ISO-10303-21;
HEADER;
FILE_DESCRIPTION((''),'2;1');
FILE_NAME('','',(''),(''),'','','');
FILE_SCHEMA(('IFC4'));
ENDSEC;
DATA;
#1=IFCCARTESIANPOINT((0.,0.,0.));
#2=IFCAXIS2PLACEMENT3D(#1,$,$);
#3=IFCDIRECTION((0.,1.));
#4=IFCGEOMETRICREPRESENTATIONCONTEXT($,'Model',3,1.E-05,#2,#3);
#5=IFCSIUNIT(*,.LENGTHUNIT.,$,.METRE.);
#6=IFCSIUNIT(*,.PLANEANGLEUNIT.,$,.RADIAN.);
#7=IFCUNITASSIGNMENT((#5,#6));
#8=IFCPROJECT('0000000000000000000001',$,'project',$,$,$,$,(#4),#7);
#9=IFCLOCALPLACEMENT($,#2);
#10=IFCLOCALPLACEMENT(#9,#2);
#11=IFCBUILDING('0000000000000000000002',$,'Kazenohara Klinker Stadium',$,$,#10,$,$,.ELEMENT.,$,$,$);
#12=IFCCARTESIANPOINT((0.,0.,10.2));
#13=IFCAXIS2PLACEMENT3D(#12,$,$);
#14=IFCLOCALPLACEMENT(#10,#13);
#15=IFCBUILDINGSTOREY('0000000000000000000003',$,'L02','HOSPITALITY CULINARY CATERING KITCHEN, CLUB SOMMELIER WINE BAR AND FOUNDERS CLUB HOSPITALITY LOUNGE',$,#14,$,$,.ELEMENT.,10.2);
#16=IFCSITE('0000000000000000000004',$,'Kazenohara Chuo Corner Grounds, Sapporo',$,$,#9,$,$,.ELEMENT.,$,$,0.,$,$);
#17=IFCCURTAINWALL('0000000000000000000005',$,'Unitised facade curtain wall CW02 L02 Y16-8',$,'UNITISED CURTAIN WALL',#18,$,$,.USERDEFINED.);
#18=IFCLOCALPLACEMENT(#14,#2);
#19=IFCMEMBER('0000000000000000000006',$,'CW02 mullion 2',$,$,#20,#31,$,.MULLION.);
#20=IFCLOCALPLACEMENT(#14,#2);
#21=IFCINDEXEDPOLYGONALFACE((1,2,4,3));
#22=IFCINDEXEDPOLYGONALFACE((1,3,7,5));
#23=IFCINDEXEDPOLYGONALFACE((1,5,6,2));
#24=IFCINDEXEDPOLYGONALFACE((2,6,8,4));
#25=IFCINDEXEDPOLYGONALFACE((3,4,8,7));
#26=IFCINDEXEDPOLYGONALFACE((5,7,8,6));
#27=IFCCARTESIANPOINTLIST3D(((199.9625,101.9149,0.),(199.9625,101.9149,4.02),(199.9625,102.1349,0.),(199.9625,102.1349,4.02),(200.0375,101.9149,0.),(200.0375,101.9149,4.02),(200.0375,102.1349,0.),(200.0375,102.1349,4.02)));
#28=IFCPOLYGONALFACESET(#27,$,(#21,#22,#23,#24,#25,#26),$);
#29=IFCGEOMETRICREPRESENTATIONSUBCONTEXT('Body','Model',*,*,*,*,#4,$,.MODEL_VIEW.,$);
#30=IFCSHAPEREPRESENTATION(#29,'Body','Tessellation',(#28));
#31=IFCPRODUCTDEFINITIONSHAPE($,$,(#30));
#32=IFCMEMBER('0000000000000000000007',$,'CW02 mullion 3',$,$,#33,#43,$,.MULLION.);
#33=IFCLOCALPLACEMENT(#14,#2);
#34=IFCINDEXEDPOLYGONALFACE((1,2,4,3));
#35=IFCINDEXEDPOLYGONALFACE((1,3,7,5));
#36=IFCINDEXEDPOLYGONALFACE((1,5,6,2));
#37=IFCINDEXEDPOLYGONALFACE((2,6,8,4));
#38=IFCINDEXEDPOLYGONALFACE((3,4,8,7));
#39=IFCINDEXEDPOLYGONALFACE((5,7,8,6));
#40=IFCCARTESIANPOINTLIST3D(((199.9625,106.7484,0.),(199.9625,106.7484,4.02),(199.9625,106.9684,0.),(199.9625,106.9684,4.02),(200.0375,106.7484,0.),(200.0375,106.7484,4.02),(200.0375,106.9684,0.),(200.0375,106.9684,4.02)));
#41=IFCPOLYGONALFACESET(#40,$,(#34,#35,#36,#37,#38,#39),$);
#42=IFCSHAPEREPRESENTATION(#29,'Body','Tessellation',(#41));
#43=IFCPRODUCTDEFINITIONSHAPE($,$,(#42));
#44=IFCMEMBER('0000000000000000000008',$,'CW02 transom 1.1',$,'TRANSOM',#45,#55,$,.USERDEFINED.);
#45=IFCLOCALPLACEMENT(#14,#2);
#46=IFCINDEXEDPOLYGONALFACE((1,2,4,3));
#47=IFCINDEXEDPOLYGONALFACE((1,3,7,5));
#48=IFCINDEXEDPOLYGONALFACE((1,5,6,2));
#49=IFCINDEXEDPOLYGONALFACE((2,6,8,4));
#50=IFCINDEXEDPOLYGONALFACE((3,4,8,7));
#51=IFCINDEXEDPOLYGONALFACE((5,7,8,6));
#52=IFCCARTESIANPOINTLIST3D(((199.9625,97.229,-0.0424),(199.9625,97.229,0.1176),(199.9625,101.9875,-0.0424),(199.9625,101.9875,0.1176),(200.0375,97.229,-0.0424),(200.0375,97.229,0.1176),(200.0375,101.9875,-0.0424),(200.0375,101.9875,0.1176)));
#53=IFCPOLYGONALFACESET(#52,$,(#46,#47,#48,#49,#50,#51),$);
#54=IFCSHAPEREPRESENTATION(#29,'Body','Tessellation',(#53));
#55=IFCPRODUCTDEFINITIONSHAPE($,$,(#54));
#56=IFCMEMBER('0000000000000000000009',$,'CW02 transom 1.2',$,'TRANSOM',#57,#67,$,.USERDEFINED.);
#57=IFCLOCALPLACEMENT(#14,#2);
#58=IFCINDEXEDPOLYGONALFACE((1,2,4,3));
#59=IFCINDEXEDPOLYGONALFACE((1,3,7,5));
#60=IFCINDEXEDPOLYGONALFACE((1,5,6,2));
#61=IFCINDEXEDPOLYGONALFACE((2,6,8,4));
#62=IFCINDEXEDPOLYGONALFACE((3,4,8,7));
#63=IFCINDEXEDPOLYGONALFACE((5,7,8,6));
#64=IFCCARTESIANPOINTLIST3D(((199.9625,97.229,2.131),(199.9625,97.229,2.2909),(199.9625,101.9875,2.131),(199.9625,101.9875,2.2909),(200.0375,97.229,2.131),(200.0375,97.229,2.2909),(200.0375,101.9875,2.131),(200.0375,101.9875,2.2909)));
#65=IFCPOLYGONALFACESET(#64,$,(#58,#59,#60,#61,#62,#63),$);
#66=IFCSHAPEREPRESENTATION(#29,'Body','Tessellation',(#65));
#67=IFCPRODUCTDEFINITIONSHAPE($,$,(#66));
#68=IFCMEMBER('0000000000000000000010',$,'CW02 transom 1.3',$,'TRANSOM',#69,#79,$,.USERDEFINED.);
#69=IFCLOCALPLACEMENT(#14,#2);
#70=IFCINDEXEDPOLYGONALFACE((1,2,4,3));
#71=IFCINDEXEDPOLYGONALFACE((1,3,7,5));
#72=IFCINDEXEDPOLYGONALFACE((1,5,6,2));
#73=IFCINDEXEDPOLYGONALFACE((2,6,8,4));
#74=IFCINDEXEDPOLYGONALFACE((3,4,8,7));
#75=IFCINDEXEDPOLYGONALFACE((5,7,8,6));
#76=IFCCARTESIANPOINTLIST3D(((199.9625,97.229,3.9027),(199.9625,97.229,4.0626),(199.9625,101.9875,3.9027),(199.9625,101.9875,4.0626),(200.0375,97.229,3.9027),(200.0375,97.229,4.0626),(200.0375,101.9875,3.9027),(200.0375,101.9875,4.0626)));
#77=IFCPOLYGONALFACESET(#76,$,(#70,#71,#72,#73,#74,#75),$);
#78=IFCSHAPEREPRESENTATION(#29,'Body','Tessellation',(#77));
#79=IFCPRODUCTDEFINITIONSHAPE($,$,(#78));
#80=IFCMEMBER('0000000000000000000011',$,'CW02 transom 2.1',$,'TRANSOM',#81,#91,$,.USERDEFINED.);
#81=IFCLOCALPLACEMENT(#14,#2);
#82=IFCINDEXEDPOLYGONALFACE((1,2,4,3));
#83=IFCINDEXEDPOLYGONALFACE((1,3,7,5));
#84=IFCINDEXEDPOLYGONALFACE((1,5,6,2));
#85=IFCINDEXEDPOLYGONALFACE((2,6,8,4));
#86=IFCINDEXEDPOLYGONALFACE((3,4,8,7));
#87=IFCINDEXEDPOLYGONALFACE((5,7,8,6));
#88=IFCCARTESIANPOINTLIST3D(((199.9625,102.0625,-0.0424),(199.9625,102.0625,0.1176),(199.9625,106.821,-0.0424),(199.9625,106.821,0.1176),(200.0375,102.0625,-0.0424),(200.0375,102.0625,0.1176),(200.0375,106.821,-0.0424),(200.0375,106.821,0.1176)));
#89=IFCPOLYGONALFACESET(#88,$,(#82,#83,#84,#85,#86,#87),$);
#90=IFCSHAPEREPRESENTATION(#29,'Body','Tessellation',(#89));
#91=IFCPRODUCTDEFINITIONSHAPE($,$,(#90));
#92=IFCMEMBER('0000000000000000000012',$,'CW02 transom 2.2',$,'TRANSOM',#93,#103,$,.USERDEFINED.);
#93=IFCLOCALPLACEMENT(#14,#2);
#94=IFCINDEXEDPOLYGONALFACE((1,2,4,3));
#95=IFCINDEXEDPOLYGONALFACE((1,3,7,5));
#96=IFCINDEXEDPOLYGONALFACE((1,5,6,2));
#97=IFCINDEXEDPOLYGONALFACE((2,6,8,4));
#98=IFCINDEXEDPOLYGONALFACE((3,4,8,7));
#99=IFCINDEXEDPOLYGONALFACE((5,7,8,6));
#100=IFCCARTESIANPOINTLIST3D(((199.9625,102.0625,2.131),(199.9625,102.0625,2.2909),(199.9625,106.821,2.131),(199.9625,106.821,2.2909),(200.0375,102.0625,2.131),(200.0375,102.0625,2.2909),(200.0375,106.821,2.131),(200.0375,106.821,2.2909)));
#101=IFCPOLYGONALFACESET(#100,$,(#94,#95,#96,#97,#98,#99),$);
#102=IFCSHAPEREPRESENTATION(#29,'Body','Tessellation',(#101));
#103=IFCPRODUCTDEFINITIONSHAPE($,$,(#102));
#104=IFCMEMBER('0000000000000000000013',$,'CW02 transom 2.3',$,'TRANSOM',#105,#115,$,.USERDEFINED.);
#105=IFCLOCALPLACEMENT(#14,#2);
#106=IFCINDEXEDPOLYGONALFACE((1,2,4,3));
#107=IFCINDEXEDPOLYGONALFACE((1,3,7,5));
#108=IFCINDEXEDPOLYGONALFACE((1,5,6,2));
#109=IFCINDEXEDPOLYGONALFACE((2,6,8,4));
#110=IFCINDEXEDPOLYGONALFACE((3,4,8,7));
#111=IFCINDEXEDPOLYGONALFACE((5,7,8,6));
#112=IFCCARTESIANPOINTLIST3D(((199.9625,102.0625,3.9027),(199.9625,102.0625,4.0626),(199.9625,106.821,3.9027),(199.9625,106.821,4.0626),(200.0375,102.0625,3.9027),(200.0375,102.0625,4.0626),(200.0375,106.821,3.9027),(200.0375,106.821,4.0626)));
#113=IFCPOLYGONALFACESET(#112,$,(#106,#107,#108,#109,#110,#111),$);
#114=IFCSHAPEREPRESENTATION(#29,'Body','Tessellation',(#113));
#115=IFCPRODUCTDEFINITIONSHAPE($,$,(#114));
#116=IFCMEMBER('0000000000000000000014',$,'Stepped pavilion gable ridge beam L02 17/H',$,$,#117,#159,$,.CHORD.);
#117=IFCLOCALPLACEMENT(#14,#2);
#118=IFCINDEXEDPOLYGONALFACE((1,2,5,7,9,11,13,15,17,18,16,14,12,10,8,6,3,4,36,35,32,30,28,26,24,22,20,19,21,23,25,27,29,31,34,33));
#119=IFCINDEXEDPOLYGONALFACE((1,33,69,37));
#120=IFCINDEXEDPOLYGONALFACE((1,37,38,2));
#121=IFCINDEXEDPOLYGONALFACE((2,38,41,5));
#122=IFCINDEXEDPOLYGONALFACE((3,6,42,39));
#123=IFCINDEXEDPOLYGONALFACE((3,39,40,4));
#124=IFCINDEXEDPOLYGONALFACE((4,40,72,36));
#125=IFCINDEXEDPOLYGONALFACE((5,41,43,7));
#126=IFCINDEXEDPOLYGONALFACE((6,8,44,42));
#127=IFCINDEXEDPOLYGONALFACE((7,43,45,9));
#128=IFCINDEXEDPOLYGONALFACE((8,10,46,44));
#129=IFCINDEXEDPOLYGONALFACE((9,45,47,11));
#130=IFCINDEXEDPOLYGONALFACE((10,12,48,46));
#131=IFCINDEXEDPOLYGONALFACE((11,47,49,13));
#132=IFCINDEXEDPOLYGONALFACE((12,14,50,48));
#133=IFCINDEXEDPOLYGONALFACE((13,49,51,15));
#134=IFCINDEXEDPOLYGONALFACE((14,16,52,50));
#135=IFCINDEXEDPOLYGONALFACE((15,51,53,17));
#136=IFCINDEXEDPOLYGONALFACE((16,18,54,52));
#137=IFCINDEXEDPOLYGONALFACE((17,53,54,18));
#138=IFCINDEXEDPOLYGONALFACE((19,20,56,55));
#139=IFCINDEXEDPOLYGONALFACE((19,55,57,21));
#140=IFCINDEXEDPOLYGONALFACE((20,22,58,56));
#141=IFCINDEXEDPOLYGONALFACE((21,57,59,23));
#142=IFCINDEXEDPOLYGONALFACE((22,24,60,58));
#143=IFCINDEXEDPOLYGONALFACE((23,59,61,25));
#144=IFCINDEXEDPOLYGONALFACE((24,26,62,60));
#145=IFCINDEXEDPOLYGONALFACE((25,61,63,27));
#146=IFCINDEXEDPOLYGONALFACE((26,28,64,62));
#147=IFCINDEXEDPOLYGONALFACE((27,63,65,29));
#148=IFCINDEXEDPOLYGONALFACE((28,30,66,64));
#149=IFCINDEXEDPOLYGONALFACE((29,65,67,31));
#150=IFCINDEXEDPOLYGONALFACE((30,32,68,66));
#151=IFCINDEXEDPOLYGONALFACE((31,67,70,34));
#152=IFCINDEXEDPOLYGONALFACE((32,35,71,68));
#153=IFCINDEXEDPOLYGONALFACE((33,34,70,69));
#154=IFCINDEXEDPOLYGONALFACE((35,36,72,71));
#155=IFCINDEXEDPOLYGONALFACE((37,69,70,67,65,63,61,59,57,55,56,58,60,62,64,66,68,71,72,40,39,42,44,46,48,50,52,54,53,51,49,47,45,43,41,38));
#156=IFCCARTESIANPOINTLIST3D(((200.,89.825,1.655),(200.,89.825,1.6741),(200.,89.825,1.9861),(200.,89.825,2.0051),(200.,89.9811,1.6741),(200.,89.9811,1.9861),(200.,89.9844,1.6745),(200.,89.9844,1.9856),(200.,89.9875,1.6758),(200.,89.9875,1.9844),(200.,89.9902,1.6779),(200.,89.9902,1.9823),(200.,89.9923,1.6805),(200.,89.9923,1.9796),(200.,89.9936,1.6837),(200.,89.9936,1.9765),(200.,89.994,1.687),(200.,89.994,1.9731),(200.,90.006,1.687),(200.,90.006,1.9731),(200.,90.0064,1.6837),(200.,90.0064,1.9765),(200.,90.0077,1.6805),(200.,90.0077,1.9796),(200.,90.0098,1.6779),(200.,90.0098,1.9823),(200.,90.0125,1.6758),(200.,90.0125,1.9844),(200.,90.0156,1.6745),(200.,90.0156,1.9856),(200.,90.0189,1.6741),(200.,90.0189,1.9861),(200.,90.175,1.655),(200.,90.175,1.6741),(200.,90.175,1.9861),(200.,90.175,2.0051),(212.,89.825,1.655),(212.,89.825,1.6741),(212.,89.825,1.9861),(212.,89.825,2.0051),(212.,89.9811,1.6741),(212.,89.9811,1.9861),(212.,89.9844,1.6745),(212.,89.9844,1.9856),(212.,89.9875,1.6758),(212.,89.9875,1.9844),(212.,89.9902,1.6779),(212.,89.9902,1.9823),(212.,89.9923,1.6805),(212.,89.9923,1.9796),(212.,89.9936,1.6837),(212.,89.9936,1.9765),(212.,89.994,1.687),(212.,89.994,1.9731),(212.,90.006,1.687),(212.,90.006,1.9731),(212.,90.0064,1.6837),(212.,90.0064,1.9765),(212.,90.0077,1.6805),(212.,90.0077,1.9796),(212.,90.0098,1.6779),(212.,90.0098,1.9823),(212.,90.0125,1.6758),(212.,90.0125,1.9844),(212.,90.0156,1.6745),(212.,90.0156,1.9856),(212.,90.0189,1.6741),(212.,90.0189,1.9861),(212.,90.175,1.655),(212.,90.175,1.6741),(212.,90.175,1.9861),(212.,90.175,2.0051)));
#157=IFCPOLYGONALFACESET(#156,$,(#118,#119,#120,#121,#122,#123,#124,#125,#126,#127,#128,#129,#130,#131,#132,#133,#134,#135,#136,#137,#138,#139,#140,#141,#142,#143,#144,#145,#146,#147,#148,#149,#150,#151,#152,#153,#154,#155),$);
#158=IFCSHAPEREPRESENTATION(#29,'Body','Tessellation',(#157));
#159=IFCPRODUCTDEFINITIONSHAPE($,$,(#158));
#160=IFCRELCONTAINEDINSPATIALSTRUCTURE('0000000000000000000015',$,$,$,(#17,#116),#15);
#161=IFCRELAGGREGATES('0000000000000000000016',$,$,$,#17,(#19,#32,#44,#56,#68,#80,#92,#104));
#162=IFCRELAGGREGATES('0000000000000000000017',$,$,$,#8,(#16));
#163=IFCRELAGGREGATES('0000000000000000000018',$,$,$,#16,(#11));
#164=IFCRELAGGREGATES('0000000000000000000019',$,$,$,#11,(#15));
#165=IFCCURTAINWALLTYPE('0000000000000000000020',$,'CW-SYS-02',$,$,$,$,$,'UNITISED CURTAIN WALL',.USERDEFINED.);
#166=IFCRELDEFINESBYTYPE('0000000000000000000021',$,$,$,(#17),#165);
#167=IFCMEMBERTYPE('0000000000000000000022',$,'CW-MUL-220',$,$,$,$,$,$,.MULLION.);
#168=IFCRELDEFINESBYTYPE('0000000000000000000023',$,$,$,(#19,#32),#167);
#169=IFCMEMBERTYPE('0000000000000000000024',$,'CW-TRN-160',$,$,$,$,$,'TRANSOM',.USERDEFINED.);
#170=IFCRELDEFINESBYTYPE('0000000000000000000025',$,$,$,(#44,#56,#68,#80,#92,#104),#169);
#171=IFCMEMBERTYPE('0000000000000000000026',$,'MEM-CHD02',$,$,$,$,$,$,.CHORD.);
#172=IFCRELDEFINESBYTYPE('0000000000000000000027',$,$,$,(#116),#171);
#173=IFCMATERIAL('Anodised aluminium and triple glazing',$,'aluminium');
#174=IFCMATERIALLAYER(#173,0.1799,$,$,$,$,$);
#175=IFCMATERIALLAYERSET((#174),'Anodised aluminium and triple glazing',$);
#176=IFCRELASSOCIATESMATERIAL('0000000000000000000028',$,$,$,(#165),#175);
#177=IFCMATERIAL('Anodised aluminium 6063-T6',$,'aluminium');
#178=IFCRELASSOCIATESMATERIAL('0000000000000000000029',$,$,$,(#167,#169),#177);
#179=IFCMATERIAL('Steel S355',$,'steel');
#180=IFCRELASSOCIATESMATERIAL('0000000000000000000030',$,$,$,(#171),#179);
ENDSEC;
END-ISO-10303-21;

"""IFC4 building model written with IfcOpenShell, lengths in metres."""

from ifc_helpers import new_model, si_unit, direction, frame, origin, origin_2d, place, context, subcontext, project, spatial, rectangle, i_section, extrude, material, layer, layer_set, material_profile, profile_set, type_object, element, aggregate, save


model = new_model("IFC4")

# Units and contexts
model_context = context("Model", 3, precision=1e-05, world=origin(), true_north=direction((0.0, 1.0)))
body_context = subcontext(model_context, "Body", "Model", "MODEL_VIEW")
ifc_project = project(units=[si_unit("LENGTHUNIT", "METRE"), si_unit("PLANEANGLEUNIT", "RADIAN")], contexts=[model_context])

# Site, building, storey
site_placement = place(None, origin())
site = spatial("IfcSite", under=ifc_project, at=site_placement, Name="Kazenohara Chuo Corner Grounds, Sapporo", CompositionType="ELEMENT", RefElevation=0.0)
building_placement = place(site_placement, origin())
building = spatial("IfcBuilding", under=site, at=building_placement, Name="Kazenohara Klinker Stadium", CompositionType="ELEMENT")
storey_placement = place(building_placement, frame((0.0, 0.0, 10.2)))
storey = spatial("IfcBuildingStorey", under=building, at=storey_placement, Name="L02", Description="HOSPITALITY CULINARY CATERING KITCHEN, CLUB SOMMELIER WINE BAR AND FOUNDERS CLUB HOSPITALITY LOUNGE", CompositionType="ELEMENT", Elevation=10.2)

# Shared definitions
ifc_material_1 = material(Name="Steel S355", Category="steel")

# Curtain wall, members
ifc_material_2 = material(Name="Anodised aluminium and triple glazing", Category="aluminium")
ifc_layer_1 = layer(ifc_material_2, 0.1799)
ifc_layer_set_1 = layer_set([ifc_layer_1], Name="Anodised aluminium and triple glazing")
curtain_wall_type = type_object("IfcCurtainWallType", Name="CW-SYS-02", ElementType="UNITISED CURTAIN WALL", PredefinedType="USERDEFINED", material=ifc_layer_set_1)
curtain_wall_placement = place(storey_placement, origin())
curtain_wall = element("IfcCurtainWall", 1, at=curtain_wall_placement, inside=storey, type_object=curtain_wall_type, Name="Unitised facade curtain wall CW02 L02 Y16-8", ObjectType="UNITISED CURTAIN WALL", PredefinedType="USERDEFINED")
ifc_material_3 = material(Name="Anodised aluminium 6063-T6", Category="aluminium")
ifc_material_profile_1 = material_profile(ifc_material_3, rectangle(XDim=0.075, YDim=0.22, at=origin_2d()), Name="ALU-MUL-75x220")
ifc_profile_set_1 = profile_set([ifc_material_profile_1], Name="Anodised aluminium 6063-T6")
member_type_1 = type_object("IfcMemberType", Name="CW-MUL-220", PredefinedType="MULLION", material=ifc_profile_set_1)
member_1_placement = place(storey_placement, frame((200.0, 102.0249, 0.0), z_axis=(0.0, 0.0, 1.0), x_axis=(-1.0, 0.0, 0.0)))
member_1 = element("IfcMember", 2, at=member_1_placement, type_object=member_type_1, Name="CW02 mullion 2", PredefinedType="MULLION", context=body_context, shape_type="SweptSolid", body=[
    extrude(rectangle(XDim=0.075, YDim=0.22, at=origin_2d()), origin(), (0.0, 0.0, 1.0), 4.02),
])
member_2_placement = place(storey_placement, frame((200.0, 106.8584, 0.0), z_axis=(0.0, 0.0, 1.0), x_axis=(-1.0, 0.0, 0.0)))
member_2 = element("IfcMember", 3, at=member_2_placement, type_object=member_type_1, Name="CW02 mullion 3", PredefinedType="MULLION", context=body_context, shape_type="SweptSolid", body=[
    extrude(rectangle(XDim=0.075, YDim=0.22, at=origin_2d()), origin(), (0.0, 0.0, 1.0), 4.02),
])
ifc_material_profile_2 = material_profile(ifc_material_3, rectangle(XDim=0.075, YDim=0.1599, at=origin_2d()), Name="ALU-TRN-75x160")
ifc_profile_set_2 = profile_set([ifc_material_profile_2], Name="Anodised aluminium 6063-T6")
member_type_2 = type_object("IfcMemberType", Name="CW-TRN-160", ElementType="TRANSOM", PredefinedType="USERDEFINED", material=ifc_profile_set_2)
member_3_placement = place(storey_placement, frame((200.0, 97.229, 0.0376), z_axis=(0.0, 1.0, 0.0), x_axis=(-1.0, 0.0, 0.0)))
member_3 = element("IfcMember", 4, at=member_3_placement, type_object=member_type_2, Name="CW02 transom 1.1", ObjectType="TRANSOM", PredefinedType="USERDEFINED", context=body_context, shape_type="SweptSolid", body=[
    extrude(rectangle(XDim=0.075, YDim=0.1599, at=origin_2d()), origin(), (0.0, 0.0, 1.0), 4.7585),
])
member_4_placement = place(storey_placement, frame((200.0, 97.229, 2.2109), z_axis=(0.0, 1.0, 0.0), x_axis=(-1.0, 0.0, 0.0)))
member_4 = element("IfcMember", 5, at=member_4_placement, type_object=member_type_2, Name="CW02 transom 1.2", ObjectType="TRANSOM", PredefinedType="USERDEFINED", context=body_context, shape_type="SweptSolid", body=[
    extrude(rectangle(XDim=0.075, YDim=0.1599, at=origin_2d()), origin(), (0.0, 0.0, 1.0), 4.7585),
])
member_5_placement = place(storey_placement, frame((200.0, 97.229, 3.9827), z_axis=(0.0, 1.0, 0.0), x_axis=(-1.0, 0.0, 0.0)))
member_5 = element("IfcMember", 6, at=member_5_placement, type_object=member_type_2, Name="CW02 transom 1.3", ObjectType="TRANSOM", PredefinedType="USERDEFINED", context=body_context, shape_type="SweptSolid", body=[
    extrude(rectangle(XDim=0.075, YDim=0.1599, at=origin_2d()), origin(), (0.0, 0.0, 1.0), 4.7585),
])
member_6_placement = place(storey_placement, frame((200.0, 102.0625, 0.0376), z_axis=(0.0, 1.0, 0.0), x_axis=(-1.0, 0.0, 0.0)))
member_6 = element("IfcMember", 7, at=member_6_placement, type_object=member_type_2, Name="CW02 transom 2.1", ObjectType="TRANSOM", PredefinedType="USERDEFINED", context=body_context, shape_type="SweptSolid", body=[
    extrude(rectangle(XDim=0.075, YDim=0.1599, at=origin_2d()), origin(), (0.0, 0.0, 1.0), 4.7585),
])
member_7_placement = place(storey_placement, frame((200.0, 102.0625, 2.2109), z_axis=(0.0, 1.0, 0.0), x_axis=(-1.0, 0.0, 0.0)))
member_7 = element("IfcMember", 8, at=member_7_placement, type_object=member_type_2, Name="CW02 transom 2.2", ObjectType="TRANSOM", PredefinedType="USERDEFINED", context=body_context, shape_type="SweptSolid", body=[
    extrude(rectangle(XDim=0.075, YDim=0.1599, at=origin_2d()), origin(), (0.0, 0.0, 1.0), 4.7585),
])
member_8_placement = place(storey_placement, frame((200.0, 102.0625, 3.9827), z_axis=(0.0, 1.0, 0.0), x_axis=(-1.0, 0.0, 0.0)))
member_8 = element("IfcMember", 9, at=member_8_placement, type_object=member_type_2, Name="CW02 transom 2.3", ObjectType="TRANSOM", PredefinedType="USERDEFINED", context=body_context, shape_type="SweptSolid", body=[
    extrude(rectangle(XDim=0.075, YDim=0.1599, at=origin_2d()), origin(), (0.0, 0.0, 1.0), 4.7585),
])

# Member
ifc_material_profile_3 = material_profile(ifc_material_1, i_section(OverallWidth=0.3501, OverallDepth=0.3501, WebThickness=0.012, FlangeThickness=0.019, FilletRadius=0.0129, at=origin_2d()), Name="H-350x350x12x19")
ifc_profile_set_3 = profile_set([ifc_material_profile_3], Name="Steel S355")
member_type_3 = type_object("IfcMemberType", Name="MEM-CHD02", PredefinedType="CHORD", material=ifc_profile_set_3)
for number, where, z_axis, x_axis, name in (
    (10, (200.0, 90.0, 1.8301), (1.0, 0.0, 0.0), (0.0, 1.0, 0.0), "Stepped pavilion gable ridge beam L02 17/H"),
):
    element("IfcMember", number, at=place(storey_placement, frame(where, z_axis=z_axis, x_axis=x_axis)), inside=storey, type_object=member_type_3, Name=name, PredefinedType="CHORD", context=body_context, shape_type="SweptSolid", body=[
        extrude(i_section(OverallWidth=0.3501, OverallDepth=0.3501, WebThickness=0.012, FlangeThickness=0.019, FilletRadius=0.0129, at=origin_2d()), origin(), (0.0, 0.0, 1.0), 12.0),
    ])

aggregate(curtain_wall, [member_1, member_2, member_3, member_4, member_5, member_6, member_7, member_8])

save(model, "model.ifc")
